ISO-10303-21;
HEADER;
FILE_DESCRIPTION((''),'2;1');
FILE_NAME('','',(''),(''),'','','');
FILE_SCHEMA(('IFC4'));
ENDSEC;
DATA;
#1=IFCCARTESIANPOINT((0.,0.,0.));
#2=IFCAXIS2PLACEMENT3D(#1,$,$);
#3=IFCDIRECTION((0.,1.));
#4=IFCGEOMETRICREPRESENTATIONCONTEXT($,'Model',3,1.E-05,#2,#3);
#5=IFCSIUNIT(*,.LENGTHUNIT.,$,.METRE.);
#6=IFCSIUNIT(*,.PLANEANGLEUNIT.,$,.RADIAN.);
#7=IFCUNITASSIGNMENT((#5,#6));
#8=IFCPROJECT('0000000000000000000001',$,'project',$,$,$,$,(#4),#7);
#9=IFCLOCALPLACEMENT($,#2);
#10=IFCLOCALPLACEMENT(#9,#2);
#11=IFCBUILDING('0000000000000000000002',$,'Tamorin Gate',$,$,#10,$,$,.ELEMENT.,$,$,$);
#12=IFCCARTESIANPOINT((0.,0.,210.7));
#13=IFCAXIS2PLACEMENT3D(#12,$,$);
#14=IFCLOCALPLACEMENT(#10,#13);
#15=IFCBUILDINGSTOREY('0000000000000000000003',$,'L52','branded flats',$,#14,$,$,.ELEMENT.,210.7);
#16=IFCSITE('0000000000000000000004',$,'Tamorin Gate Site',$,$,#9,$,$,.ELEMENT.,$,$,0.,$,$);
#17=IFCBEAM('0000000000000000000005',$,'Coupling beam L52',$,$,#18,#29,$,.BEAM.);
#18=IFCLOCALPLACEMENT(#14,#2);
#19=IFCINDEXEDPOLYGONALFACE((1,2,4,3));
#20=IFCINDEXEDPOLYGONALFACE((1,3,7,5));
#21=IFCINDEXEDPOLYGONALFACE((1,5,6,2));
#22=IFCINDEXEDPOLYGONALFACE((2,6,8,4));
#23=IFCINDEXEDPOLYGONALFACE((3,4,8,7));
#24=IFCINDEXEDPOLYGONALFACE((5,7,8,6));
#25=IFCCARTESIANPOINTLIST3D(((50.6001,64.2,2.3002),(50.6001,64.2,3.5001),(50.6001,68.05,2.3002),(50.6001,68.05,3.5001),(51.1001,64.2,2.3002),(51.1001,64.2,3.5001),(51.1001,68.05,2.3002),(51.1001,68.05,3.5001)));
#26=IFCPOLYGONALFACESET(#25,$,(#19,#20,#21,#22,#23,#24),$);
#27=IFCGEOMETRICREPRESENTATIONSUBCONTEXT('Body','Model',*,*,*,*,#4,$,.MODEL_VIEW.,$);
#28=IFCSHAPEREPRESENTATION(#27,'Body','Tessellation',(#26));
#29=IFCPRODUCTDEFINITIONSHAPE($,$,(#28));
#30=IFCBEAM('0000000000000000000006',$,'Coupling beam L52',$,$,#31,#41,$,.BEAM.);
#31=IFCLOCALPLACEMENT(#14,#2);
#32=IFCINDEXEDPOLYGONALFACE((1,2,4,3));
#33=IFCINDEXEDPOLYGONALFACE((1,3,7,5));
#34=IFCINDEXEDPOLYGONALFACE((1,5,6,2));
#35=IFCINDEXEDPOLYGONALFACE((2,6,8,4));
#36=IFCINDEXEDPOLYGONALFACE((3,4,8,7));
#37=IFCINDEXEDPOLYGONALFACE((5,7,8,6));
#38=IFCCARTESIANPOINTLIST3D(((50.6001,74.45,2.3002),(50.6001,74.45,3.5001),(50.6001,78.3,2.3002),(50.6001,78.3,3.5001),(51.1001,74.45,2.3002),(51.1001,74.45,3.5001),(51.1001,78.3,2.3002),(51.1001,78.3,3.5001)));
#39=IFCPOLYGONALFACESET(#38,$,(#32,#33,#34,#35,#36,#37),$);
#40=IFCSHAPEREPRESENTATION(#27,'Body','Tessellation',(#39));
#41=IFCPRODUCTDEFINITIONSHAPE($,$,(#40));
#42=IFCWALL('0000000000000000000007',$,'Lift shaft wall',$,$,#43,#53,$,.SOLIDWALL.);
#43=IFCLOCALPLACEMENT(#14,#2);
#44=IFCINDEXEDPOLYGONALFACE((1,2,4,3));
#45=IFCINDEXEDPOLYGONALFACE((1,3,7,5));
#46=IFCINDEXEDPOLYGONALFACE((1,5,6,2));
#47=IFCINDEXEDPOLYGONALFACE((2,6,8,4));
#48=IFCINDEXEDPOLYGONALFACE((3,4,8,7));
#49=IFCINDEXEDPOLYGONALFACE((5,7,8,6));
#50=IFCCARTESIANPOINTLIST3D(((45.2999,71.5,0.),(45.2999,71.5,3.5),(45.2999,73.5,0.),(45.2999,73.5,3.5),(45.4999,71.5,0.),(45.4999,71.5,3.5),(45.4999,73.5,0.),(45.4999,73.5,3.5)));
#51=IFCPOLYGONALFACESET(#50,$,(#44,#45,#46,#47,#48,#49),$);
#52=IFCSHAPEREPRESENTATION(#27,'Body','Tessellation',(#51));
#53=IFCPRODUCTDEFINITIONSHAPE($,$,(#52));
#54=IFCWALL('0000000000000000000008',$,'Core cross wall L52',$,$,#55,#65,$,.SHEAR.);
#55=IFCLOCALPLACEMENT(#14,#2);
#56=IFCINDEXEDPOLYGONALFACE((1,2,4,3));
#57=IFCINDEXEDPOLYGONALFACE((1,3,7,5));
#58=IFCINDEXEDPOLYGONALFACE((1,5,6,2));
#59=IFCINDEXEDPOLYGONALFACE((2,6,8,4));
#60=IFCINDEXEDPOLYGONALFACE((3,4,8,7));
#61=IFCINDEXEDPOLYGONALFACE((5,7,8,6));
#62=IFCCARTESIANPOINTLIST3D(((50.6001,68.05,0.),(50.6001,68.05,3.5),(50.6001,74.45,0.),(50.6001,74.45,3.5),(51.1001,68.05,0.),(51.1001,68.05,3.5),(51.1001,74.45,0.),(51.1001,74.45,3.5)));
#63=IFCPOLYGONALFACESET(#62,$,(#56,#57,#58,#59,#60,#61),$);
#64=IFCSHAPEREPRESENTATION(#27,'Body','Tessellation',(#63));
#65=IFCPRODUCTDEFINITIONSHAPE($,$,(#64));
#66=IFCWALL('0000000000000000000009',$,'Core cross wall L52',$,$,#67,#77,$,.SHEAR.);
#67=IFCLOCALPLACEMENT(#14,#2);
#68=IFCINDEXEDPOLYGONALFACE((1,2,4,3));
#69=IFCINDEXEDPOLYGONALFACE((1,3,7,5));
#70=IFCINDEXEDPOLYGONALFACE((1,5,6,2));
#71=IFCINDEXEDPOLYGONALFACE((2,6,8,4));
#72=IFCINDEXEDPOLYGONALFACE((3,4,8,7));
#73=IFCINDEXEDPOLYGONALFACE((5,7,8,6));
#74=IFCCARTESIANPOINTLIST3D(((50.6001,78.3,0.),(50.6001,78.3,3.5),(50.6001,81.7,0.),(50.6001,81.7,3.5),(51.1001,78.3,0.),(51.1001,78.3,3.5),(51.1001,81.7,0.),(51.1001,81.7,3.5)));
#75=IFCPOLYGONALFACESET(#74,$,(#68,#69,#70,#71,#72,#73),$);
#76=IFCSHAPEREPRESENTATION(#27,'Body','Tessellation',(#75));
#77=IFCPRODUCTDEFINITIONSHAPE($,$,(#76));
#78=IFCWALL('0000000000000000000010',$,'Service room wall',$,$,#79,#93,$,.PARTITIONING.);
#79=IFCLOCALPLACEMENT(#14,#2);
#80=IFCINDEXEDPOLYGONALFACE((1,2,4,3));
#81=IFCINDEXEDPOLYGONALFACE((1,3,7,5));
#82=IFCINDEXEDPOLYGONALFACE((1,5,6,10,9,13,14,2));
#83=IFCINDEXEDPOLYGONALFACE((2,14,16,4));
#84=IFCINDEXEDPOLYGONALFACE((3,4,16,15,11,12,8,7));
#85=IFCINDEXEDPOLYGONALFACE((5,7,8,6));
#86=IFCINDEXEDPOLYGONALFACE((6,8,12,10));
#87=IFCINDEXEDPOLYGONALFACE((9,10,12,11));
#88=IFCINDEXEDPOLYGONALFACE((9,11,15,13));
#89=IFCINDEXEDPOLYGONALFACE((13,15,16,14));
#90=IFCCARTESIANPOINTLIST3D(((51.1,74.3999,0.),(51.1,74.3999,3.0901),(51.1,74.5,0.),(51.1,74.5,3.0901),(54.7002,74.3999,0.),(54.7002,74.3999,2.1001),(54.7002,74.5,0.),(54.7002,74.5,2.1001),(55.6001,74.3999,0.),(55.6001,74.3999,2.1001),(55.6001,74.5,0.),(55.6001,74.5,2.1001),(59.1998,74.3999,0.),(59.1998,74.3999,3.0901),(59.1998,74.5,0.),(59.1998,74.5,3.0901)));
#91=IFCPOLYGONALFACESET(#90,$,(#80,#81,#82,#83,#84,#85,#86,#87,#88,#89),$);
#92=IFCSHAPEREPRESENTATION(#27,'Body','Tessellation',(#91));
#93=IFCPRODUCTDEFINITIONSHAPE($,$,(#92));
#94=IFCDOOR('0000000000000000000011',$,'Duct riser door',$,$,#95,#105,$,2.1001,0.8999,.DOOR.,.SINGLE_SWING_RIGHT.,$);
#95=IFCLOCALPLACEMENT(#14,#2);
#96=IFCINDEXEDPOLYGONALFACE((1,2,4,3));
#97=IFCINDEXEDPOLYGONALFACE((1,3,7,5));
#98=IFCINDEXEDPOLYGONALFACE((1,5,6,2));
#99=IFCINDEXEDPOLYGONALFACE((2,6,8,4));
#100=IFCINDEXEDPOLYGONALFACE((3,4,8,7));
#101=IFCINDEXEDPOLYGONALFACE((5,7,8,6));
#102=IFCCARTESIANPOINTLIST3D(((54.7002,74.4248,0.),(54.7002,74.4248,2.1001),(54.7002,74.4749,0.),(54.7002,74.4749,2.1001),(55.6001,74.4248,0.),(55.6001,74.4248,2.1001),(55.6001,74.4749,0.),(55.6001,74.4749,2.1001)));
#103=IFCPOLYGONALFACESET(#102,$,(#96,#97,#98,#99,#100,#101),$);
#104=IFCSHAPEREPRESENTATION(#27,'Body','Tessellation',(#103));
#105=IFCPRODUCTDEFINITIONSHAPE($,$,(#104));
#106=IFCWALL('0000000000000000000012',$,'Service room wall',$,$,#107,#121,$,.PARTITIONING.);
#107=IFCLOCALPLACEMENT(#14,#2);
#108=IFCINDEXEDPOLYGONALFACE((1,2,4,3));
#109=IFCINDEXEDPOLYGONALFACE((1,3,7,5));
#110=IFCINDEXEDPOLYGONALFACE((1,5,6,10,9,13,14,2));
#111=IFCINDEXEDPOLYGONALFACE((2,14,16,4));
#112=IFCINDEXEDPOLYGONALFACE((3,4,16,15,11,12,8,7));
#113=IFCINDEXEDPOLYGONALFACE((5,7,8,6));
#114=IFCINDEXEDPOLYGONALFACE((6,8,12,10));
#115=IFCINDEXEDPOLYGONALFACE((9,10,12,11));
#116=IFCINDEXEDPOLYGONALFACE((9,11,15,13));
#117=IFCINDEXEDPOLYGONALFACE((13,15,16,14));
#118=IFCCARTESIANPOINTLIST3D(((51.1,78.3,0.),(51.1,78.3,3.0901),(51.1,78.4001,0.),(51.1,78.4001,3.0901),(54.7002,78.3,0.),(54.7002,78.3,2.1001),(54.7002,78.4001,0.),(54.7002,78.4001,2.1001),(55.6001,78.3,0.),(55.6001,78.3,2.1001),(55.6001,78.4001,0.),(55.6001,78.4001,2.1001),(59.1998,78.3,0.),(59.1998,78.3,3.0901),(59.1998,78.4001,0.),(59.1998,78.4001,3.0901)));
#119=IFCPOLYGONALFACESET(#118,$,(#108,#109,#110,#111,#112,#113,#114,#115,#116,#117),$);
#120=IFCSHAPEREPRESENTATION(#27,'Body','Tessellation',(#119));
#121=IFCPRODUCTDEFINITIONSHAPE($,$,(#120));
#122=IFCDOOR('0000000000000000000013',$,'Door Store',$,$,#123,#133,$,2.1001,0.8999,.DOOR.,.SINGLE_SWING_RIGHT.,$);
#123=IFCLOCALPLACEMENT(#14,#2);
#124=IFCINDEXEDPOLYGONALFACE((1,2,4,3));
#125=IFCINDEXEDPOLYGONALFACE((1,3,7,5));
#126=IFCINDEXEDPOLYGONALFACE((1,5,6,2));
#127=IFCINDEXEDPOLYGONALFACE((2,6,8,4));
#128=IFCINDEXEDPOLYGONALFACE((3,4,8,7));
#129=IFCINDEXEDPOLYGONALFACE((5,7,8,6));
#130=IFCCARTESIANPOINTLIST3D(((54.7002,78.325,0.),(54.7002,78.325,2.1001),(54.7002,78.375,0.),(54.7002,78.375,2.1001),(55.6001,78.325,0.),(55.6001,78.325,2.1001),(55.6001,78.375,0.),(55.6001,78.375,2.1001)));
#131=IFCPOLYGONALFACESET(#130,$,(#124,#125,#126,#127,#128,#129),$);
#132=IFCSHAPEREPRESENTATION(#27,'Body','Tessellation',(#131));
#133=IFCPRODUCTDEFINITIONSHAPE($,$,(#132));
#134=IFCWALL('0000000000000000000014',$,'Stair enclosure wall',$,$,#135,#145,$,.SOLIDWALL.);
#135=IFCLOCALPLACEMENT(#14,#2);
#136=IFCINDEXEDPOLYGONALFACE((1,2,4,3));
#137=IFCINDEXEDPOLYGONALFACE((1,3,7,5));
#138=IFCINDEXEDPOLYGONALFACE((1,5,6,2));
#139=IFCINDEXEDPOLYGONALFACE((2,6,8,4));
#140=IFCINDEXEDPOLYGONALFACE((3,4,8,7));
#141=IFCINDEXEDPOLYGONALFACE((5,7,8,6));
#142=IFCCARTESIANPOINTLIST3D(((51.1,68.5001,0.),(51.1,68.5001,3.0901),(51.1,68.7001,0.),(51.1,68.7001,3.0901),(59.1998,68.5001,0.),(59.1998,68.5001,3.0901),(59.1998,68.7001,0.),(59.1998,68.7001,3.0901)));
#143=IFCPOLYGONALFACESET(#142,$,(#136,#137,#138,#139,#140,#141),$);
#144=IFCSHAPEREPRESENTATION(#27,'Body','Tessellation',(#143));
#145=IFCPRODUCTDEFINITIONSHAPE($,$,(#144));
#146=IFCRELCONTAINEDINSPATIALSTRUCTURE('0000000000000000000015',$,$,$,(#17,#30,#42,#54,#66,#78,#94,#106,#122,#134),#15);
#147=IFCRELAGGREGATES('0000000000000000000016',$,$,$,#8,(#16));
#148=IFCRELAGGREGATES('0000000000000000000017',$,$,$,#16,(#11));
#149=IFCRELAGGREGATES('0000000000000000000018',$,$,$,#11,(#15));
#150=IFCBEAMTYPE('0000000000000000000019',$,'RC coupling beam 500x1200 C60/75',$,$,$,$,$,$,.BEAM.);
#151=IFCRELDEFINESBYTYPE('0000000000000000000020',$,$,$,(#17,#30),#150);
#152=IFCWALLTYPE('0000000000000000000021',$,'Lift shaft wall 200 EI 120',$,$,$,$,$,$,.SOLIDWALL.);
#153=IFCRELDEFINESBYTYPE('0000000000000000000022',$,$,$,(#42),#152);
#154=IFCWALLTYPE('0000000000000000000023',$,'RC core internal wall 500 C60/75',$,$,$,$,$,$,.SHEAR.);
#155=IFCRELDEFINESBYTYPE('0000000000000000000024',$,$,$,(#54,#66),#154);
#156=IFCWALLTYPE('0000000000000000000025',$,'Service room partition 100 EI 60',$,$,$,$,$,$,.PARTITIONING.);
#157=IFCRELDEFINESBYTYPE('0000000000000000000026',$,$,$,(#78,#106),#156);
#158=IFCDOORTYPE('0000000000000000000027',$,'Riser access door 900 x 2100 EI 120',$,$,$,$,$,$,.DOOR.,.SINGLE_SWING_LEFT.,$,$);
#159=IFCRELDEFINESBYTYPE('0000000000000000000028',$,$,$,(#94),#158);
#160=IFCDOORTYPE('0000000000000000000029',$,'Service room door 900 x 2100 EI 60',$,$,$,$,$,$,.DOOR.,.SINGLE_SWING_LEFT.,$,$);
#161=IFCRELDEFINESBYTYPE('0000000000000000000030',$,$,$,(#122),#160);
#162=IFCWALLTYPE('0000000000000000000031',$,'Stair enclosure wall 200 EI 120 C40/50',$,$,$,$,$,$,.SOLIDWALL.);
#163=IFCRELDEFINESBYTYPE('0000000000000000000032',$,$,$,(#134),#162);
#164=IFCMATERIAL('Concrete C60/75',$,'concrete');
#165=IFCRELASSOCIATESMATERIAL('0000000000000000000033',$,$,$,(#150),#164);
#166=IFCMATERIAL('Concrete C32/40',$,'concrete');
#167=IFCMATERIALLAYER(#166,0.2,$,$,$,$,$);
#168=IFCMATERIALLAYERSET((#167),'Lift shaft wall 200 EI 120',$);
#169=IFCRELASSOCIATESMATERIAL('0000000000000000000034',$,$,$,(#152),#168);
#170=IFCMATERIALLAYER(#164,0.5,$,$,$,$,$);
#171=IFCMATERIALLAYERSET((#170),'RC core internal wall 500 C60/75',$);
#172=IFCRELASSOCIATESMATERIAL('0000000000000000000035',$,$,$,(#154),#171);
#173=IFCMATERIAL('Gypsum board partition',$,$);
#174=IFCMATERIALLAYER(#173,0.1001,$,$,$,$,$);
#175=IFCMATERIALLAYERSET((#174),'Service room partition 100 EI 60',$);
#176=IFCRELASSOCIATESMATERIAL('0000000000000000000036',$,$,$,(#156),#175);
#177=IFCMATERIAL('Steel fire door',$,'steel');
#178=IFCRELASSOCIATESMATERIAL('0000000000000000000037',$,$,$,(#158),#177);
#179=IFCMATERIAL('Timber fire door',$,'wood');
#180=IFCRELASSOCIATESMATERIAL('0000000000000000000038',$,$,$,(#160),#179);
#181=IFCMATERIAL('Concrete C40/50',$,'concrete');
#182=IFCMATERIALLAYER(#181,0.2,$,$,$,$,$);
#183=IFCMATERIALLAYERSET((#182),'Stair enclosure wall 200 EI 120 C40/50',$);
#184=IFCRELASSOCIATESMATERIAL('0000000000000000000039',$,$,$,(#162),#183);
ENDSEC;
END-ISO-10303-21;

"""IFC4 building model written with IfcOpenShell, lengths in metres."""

from ifc_helpers import new_model, si_unit, direction, frame, frame_2d, origin, origin_2d, place, context, subcontext, project, spatial, rectangle, extrude, material, layer, layer_set, material_profile, profile_set, type_object, element, fill, save


model = new_model("IFC4")

# Units and contexts
model_context = context("Model", 3, precision=1e-05, world=origin(), true_north=direction((0.0, 1.0)))
body_context = subcontext(model_context, "Body", "Model", "MODEL_VIEW")
ifc_project = project(units=[si_unit("LENGTHUNIT", "METRE"), si_unit("PLANEANGLEUNIT", "RADIAN")], contexts=[model_context])

# Site, building, storey
site_placement = place(None, origin())
site = spatial("IfcSite", under=ifc_project, at=site_placement, Name="Tamorin Gate Site", CompositionType="ELEMENT", RefElevation=0.0)
building_placement = place(site_placement, origin())
building = spatial("IfcBuilding", under=site, at=building_placement, Name="Tamorin Gate", CompositionType="ELEMENT")
storey_placement = place(building_placement, frame((0.0, 0.0, 210.7)))
storey = spatial("IfcBuildingStorey", under=building, at=storey_placement, Name="L52", Description="branded flats", CompositionType="ELEMENT", Elevation=210.7)

# Beams
ifc_material_1 = material(Name="Concrete C60/75", Category="concrete")
ifc_material_profile = material_profile(ifc_material_1, rectangle(XDim=0.5, YDim=1.2, at=origin_2d()), Name="RC 500x1200")
ifc_profile_set = profile_set([ifc_material_profile], Name="Concrete C60/75")
beam_type = type_object("IfcBeamType", Name="RC coupling beam 500x1200 C60/75", PredefinedType="BEAM", material=ifc_profile_set)
for number, where, z_axis, x_axis, name in (
    (1, (50.8501, 64.2, 2.9001), (0.0, 1.0, 0.0), (-1.0, 0.0, 0.0), "Coupling beam L52"),
    (2, (50.8501, 74.45, 2.9001), (0.0, 1.0, 0.0), (-1.0, 0.0, 0.0), "Coupling beam L52"),
):
    element("IfcBeam", number, at=place(storey_placement, frame(where, z_axis=z_axis, x_axis=x_axis)), inside=storey, type_object=beam_type, Name=name, PredefinedType="BEAM", context=body_context, shape_type="SweptSolid", body=[
        extrude(rectangle(XDim=0.5, YDim=1.2, at=origin_2d()), origin(), (0.0, 0.0, 1.0), 3.8501),
    ])

# Walls
ifc_material_2 = material(Name="Concrete C32/40", Category="concrete")
ifc_layer_1 = layer(ifc_material_2, 0.2)
ifc_layer_set_1 = layer_set([ifc_layer_1], Name="Lift shaft wall 200 EI 120")
wall_type_1 = type_object("IfcWallType", Name="Lift shaft wall 200 EI 120", PredefinedType="SOLIDWALL", material=ifc_layer_set_1)
wall_1_placement = place(storey_placement, frame((45.3999, 71.5, 0.0), z_axis=(0.0, 0.0, 1.0), x_axis=(0.0, 1.0, 0.0)))
element("IfcWall", 3, at=wall_1_placement, inside=storey, type_object=wall_type_1, Name="Lift shaft wall", PredefinedType="SOLIDWALL", context=body_context, shape_type="SweptSolid", body=[
    extrude(rectangle(XDim=2.0, YDim=0.2, at=frame_2d((1.0, 0.0))), origin(), (0.0, 0.0, 1.0), 3.5),
])
ifc_layer_2 = layer(ifc_material_1, 0.5)
ifc_layer_set_2 = layer_set([ifc_layer_2], Name="RC core internal wall 500 C60/75")
wall_type_2 = type_object("IfcWallType", Name="RC core internal wall 500 C60/75", PredefinedType="SHEAR", material=ifc_layer_set_2)
wall_2_placement = place(storey_placement, frame((50.8501, 68.05, 0.0), z_axis=(0.0, 0.0, 1.0), x_axis=(0.0, 1.0, 0.0)))
element("IfcWall", 4, at=wall_2_placement, inside=storey, type_object=wall_type_2, Name="Core cross wall L52", PredefinedType="SHEAR", context=body_context, shape_type="SweptSolid", body=[
    extrude(rectangle(XDim=6.3999, YDim=0.5, at=frame_2d((3.2, 0.0))), origin(), (0.0, 0.0, 1.0), 3.5),
])
wall_3_placement = place(storey_placement, frame((50.8501, 78.3, 0.0), z_axis=(0.0, 0.0, 1.0), x_axis=(0.0, 1.0, 0.0)))
element("IfcWall", 5, at=wall_3_placement, inside=storey, type_object=wall_type_2, Name="Core cross wall L52", PredefinedType="SHEAR", context=body_context, shape_type="SweptSolid", body=[
    extrude(rectangle(XDim=3.3999, YDim=0.5, at=frame_2d((1.7, 0.0))), origin(), (0.0, 0.0, 1.0), 3.5),
])

# Walls, openings, doors
ifc_material_3 = material(Name="Gypsum board partition")
ifc_layer_3 = layer(ifc_material_3, 0.1001)
ifc_layer_set_3 = layer_set([ifc_layer_3], Name="Service room partition 100 EI 60")
wall_type_3 = type_object("IfcWallType", Name="Service room partition 100 EI 60", PredefinedType="PARTITIONING", material=ifc_layer_set_3)
wall_4_placement = place(storey_placement, frame((51.1001, 74.45, 0.0), z_axis=(0.0, 0.0, 1.0), x_axis=(1.0, 0.0, 0.0)))
wall_4 = element("IfcWall", 6, at=wall_4_placement, inside=storey, type_object=wall_type_3, Name="Service room wall", PredefinedType="PARTITIONING", context=body_context, shape_type="SweptSolid", body=[
    extrude(rectangle(XDim=8.0999, YDim=0.1001, at=frame_2d((4.0498, 0.0))), origin(), (0.0, 0.0, 1.0), 3.0901),
])
opening_1_placement = place(wall_4_placement, frame((3.6001, 0.0, 0.0)))
opening_1 = element("IfcOpeningElement", 7, at=opening_1_placement, cuts=wall_4, PredefinedType="OPENING", context=body_context, shape_type="SweptSolid", body=[
    extrude(rectangle(XDim=0.8999, YDim=2.1001, at=frame_2d((0.45, 1.05))), frame((0.0, 0.0601, 0.0), z_axis=(0.0, -1.0, 0.0), x_axis=(1.0, 0.0, 0.0)), (0.0, 0.0, 1.0), 0.1201),
])
ifc_material_4 = material(Name="Steel fire door", Category="steel")
door_type_1 = type_object("IfcDoorType", Name="Riser access door 900 x 2100 EI 120", OperationType="SINGLE_SWING_LEFT", PredefinedType="DOOR", material=ifc_material_4)
door_1_placement = place(opening_1_placement, origin())
door_1 = element("IfcDoor", 8, at=door_1_placement, inside=storey, type_object=door_type_1, Name="Duct riser door", OperationType="SINGLE_SWING_RIGHT", OverallHeight=2.1001, OverallWidth=0.8999, PredefinedType="DOOR", context=body_context, shape_type="SweptSolid", body=[
    extrude(rectangle(XDim=0.8999, YDim=2.1001, at=frame_2d((0.45, 1.05))), frame((0.0, 0.0249, 0.0), z_axis=(0.0, -1.0, 0.0), x_axis=(1.0, 0.0, 0.0)), (0.0, 0.0, 1.0), 0.05),
])
fill(opening_1, door_1)
wall_5_placement = place(storey_placement, frame((51.1001, 78.3501, 0.0), z_axis=(0.0, 0.0, 1.0), x_axis=(1.0, 0.0, 0.0)))
wall_5 = element("IfcWall", 9, at=wall_5_placement, inside=storey, type_object=wall_type_3, Name="Service room wall", PredefinedType="PARTITIONING", context=body_context, shape_type="SweptSolid", body=[
    extrude(rectangle(XDim=8.0999, YDim=0.1001, at=frame_2d((4.0498, 0.0))), origin(), (0.0, 0.0, 1.0), 3.0901),
])
opening_2_placement = place(wall_5_placement, frame((3.6001, 0.0, 0.0)))
opening_2 = element("IfcOpeningElement", 10, at=opening_2_placement, cuts=wall_5, PredefinedType="OPENING", context=body_context, shape_type="SweptSolid", body=[
    extrude(rectangle(XDim=0.8999, YDim=2.1001, at=frame_2d((0.45, 1.05))), frame((0.0, 0.0601, 0.0), z_axis=(0.0, -1.0, 0.0), x_axis=(1.0, 0.0, 0.0)), (0.0, 0.0, 1.0), 0.1201),
])
ifc_material_5 = material(Name="Timber fire door", Category="wood")
door_type_2 = type_object("IfcDoorType", Name="Service room door 900 x 2100 EI 60", OperationType="SINGLE_SWING_LEFT", PredefinedType="DOOR", material=ifc_material_5)
door_2_placement = place(opening_2_placement, origin())
door_2 = element("IfcDoor", 11, at=door_2_placement, inside=storey, type_object=door_type_2, Name="Door Store", OperationType="SINGLE_SWING_RIGHT", OverallHeight=2.1001, OverallWidth=0.8999, PredefinedType="DOOR", context=body_context, shape_type="SweptSolid", body=[
    extrude(rectangle(XDim=0.8999, YDim=2.1001, at=frame_2d((0.45, 1.05))), frame((0.0, 0.0249, 0.0), z_axis=(0.0, -1.0, 0.0), x_axis=(1.0, 0.0, 0.0)), (0.0, 0.0, 1.0), 0.05),
])
fill(opening_2, door_2)

# Wall
ifc_material_6 = material(Name="Concrete C40/50", Category="concrete")
ifc_layer_4 = layer(ifc_material_6, 0.2)
ifc_layer_set_4 = layer_set([ifc_layer_4], Name="Stair enclosure wall 200 EI 120 C40/50")
wall_type_4 = type_object("IfcWallType", Name="Stair enclosure wall 200 EI 120 C40/50", PredefinedType="SOLIDWALL", material=ifc_layer_set_4)
wall_6_placement = place(storey_placement, frame((51.1001, 68.6001, 0.0), z_axis=(0.0, 0.0, 1.0), x_axis=(1.0, 0.0, 0.0)))
element("IfcWall", 12, at=wall_6_placement, inside=storey, type_object=wall_type_4, Name="Stair enclosure wall", PredefinedType="SOLIDWALL", context=body_context, shape_type="SweptSolid", body=[
    extrude(rectangle(XDim=8.0999, YDim=0.2, at=frame_2d((4.0498, 0.0))), origin(), (0.0, 0.0, 1.0), 3.0901),
])

save(model, "model.ifc")
